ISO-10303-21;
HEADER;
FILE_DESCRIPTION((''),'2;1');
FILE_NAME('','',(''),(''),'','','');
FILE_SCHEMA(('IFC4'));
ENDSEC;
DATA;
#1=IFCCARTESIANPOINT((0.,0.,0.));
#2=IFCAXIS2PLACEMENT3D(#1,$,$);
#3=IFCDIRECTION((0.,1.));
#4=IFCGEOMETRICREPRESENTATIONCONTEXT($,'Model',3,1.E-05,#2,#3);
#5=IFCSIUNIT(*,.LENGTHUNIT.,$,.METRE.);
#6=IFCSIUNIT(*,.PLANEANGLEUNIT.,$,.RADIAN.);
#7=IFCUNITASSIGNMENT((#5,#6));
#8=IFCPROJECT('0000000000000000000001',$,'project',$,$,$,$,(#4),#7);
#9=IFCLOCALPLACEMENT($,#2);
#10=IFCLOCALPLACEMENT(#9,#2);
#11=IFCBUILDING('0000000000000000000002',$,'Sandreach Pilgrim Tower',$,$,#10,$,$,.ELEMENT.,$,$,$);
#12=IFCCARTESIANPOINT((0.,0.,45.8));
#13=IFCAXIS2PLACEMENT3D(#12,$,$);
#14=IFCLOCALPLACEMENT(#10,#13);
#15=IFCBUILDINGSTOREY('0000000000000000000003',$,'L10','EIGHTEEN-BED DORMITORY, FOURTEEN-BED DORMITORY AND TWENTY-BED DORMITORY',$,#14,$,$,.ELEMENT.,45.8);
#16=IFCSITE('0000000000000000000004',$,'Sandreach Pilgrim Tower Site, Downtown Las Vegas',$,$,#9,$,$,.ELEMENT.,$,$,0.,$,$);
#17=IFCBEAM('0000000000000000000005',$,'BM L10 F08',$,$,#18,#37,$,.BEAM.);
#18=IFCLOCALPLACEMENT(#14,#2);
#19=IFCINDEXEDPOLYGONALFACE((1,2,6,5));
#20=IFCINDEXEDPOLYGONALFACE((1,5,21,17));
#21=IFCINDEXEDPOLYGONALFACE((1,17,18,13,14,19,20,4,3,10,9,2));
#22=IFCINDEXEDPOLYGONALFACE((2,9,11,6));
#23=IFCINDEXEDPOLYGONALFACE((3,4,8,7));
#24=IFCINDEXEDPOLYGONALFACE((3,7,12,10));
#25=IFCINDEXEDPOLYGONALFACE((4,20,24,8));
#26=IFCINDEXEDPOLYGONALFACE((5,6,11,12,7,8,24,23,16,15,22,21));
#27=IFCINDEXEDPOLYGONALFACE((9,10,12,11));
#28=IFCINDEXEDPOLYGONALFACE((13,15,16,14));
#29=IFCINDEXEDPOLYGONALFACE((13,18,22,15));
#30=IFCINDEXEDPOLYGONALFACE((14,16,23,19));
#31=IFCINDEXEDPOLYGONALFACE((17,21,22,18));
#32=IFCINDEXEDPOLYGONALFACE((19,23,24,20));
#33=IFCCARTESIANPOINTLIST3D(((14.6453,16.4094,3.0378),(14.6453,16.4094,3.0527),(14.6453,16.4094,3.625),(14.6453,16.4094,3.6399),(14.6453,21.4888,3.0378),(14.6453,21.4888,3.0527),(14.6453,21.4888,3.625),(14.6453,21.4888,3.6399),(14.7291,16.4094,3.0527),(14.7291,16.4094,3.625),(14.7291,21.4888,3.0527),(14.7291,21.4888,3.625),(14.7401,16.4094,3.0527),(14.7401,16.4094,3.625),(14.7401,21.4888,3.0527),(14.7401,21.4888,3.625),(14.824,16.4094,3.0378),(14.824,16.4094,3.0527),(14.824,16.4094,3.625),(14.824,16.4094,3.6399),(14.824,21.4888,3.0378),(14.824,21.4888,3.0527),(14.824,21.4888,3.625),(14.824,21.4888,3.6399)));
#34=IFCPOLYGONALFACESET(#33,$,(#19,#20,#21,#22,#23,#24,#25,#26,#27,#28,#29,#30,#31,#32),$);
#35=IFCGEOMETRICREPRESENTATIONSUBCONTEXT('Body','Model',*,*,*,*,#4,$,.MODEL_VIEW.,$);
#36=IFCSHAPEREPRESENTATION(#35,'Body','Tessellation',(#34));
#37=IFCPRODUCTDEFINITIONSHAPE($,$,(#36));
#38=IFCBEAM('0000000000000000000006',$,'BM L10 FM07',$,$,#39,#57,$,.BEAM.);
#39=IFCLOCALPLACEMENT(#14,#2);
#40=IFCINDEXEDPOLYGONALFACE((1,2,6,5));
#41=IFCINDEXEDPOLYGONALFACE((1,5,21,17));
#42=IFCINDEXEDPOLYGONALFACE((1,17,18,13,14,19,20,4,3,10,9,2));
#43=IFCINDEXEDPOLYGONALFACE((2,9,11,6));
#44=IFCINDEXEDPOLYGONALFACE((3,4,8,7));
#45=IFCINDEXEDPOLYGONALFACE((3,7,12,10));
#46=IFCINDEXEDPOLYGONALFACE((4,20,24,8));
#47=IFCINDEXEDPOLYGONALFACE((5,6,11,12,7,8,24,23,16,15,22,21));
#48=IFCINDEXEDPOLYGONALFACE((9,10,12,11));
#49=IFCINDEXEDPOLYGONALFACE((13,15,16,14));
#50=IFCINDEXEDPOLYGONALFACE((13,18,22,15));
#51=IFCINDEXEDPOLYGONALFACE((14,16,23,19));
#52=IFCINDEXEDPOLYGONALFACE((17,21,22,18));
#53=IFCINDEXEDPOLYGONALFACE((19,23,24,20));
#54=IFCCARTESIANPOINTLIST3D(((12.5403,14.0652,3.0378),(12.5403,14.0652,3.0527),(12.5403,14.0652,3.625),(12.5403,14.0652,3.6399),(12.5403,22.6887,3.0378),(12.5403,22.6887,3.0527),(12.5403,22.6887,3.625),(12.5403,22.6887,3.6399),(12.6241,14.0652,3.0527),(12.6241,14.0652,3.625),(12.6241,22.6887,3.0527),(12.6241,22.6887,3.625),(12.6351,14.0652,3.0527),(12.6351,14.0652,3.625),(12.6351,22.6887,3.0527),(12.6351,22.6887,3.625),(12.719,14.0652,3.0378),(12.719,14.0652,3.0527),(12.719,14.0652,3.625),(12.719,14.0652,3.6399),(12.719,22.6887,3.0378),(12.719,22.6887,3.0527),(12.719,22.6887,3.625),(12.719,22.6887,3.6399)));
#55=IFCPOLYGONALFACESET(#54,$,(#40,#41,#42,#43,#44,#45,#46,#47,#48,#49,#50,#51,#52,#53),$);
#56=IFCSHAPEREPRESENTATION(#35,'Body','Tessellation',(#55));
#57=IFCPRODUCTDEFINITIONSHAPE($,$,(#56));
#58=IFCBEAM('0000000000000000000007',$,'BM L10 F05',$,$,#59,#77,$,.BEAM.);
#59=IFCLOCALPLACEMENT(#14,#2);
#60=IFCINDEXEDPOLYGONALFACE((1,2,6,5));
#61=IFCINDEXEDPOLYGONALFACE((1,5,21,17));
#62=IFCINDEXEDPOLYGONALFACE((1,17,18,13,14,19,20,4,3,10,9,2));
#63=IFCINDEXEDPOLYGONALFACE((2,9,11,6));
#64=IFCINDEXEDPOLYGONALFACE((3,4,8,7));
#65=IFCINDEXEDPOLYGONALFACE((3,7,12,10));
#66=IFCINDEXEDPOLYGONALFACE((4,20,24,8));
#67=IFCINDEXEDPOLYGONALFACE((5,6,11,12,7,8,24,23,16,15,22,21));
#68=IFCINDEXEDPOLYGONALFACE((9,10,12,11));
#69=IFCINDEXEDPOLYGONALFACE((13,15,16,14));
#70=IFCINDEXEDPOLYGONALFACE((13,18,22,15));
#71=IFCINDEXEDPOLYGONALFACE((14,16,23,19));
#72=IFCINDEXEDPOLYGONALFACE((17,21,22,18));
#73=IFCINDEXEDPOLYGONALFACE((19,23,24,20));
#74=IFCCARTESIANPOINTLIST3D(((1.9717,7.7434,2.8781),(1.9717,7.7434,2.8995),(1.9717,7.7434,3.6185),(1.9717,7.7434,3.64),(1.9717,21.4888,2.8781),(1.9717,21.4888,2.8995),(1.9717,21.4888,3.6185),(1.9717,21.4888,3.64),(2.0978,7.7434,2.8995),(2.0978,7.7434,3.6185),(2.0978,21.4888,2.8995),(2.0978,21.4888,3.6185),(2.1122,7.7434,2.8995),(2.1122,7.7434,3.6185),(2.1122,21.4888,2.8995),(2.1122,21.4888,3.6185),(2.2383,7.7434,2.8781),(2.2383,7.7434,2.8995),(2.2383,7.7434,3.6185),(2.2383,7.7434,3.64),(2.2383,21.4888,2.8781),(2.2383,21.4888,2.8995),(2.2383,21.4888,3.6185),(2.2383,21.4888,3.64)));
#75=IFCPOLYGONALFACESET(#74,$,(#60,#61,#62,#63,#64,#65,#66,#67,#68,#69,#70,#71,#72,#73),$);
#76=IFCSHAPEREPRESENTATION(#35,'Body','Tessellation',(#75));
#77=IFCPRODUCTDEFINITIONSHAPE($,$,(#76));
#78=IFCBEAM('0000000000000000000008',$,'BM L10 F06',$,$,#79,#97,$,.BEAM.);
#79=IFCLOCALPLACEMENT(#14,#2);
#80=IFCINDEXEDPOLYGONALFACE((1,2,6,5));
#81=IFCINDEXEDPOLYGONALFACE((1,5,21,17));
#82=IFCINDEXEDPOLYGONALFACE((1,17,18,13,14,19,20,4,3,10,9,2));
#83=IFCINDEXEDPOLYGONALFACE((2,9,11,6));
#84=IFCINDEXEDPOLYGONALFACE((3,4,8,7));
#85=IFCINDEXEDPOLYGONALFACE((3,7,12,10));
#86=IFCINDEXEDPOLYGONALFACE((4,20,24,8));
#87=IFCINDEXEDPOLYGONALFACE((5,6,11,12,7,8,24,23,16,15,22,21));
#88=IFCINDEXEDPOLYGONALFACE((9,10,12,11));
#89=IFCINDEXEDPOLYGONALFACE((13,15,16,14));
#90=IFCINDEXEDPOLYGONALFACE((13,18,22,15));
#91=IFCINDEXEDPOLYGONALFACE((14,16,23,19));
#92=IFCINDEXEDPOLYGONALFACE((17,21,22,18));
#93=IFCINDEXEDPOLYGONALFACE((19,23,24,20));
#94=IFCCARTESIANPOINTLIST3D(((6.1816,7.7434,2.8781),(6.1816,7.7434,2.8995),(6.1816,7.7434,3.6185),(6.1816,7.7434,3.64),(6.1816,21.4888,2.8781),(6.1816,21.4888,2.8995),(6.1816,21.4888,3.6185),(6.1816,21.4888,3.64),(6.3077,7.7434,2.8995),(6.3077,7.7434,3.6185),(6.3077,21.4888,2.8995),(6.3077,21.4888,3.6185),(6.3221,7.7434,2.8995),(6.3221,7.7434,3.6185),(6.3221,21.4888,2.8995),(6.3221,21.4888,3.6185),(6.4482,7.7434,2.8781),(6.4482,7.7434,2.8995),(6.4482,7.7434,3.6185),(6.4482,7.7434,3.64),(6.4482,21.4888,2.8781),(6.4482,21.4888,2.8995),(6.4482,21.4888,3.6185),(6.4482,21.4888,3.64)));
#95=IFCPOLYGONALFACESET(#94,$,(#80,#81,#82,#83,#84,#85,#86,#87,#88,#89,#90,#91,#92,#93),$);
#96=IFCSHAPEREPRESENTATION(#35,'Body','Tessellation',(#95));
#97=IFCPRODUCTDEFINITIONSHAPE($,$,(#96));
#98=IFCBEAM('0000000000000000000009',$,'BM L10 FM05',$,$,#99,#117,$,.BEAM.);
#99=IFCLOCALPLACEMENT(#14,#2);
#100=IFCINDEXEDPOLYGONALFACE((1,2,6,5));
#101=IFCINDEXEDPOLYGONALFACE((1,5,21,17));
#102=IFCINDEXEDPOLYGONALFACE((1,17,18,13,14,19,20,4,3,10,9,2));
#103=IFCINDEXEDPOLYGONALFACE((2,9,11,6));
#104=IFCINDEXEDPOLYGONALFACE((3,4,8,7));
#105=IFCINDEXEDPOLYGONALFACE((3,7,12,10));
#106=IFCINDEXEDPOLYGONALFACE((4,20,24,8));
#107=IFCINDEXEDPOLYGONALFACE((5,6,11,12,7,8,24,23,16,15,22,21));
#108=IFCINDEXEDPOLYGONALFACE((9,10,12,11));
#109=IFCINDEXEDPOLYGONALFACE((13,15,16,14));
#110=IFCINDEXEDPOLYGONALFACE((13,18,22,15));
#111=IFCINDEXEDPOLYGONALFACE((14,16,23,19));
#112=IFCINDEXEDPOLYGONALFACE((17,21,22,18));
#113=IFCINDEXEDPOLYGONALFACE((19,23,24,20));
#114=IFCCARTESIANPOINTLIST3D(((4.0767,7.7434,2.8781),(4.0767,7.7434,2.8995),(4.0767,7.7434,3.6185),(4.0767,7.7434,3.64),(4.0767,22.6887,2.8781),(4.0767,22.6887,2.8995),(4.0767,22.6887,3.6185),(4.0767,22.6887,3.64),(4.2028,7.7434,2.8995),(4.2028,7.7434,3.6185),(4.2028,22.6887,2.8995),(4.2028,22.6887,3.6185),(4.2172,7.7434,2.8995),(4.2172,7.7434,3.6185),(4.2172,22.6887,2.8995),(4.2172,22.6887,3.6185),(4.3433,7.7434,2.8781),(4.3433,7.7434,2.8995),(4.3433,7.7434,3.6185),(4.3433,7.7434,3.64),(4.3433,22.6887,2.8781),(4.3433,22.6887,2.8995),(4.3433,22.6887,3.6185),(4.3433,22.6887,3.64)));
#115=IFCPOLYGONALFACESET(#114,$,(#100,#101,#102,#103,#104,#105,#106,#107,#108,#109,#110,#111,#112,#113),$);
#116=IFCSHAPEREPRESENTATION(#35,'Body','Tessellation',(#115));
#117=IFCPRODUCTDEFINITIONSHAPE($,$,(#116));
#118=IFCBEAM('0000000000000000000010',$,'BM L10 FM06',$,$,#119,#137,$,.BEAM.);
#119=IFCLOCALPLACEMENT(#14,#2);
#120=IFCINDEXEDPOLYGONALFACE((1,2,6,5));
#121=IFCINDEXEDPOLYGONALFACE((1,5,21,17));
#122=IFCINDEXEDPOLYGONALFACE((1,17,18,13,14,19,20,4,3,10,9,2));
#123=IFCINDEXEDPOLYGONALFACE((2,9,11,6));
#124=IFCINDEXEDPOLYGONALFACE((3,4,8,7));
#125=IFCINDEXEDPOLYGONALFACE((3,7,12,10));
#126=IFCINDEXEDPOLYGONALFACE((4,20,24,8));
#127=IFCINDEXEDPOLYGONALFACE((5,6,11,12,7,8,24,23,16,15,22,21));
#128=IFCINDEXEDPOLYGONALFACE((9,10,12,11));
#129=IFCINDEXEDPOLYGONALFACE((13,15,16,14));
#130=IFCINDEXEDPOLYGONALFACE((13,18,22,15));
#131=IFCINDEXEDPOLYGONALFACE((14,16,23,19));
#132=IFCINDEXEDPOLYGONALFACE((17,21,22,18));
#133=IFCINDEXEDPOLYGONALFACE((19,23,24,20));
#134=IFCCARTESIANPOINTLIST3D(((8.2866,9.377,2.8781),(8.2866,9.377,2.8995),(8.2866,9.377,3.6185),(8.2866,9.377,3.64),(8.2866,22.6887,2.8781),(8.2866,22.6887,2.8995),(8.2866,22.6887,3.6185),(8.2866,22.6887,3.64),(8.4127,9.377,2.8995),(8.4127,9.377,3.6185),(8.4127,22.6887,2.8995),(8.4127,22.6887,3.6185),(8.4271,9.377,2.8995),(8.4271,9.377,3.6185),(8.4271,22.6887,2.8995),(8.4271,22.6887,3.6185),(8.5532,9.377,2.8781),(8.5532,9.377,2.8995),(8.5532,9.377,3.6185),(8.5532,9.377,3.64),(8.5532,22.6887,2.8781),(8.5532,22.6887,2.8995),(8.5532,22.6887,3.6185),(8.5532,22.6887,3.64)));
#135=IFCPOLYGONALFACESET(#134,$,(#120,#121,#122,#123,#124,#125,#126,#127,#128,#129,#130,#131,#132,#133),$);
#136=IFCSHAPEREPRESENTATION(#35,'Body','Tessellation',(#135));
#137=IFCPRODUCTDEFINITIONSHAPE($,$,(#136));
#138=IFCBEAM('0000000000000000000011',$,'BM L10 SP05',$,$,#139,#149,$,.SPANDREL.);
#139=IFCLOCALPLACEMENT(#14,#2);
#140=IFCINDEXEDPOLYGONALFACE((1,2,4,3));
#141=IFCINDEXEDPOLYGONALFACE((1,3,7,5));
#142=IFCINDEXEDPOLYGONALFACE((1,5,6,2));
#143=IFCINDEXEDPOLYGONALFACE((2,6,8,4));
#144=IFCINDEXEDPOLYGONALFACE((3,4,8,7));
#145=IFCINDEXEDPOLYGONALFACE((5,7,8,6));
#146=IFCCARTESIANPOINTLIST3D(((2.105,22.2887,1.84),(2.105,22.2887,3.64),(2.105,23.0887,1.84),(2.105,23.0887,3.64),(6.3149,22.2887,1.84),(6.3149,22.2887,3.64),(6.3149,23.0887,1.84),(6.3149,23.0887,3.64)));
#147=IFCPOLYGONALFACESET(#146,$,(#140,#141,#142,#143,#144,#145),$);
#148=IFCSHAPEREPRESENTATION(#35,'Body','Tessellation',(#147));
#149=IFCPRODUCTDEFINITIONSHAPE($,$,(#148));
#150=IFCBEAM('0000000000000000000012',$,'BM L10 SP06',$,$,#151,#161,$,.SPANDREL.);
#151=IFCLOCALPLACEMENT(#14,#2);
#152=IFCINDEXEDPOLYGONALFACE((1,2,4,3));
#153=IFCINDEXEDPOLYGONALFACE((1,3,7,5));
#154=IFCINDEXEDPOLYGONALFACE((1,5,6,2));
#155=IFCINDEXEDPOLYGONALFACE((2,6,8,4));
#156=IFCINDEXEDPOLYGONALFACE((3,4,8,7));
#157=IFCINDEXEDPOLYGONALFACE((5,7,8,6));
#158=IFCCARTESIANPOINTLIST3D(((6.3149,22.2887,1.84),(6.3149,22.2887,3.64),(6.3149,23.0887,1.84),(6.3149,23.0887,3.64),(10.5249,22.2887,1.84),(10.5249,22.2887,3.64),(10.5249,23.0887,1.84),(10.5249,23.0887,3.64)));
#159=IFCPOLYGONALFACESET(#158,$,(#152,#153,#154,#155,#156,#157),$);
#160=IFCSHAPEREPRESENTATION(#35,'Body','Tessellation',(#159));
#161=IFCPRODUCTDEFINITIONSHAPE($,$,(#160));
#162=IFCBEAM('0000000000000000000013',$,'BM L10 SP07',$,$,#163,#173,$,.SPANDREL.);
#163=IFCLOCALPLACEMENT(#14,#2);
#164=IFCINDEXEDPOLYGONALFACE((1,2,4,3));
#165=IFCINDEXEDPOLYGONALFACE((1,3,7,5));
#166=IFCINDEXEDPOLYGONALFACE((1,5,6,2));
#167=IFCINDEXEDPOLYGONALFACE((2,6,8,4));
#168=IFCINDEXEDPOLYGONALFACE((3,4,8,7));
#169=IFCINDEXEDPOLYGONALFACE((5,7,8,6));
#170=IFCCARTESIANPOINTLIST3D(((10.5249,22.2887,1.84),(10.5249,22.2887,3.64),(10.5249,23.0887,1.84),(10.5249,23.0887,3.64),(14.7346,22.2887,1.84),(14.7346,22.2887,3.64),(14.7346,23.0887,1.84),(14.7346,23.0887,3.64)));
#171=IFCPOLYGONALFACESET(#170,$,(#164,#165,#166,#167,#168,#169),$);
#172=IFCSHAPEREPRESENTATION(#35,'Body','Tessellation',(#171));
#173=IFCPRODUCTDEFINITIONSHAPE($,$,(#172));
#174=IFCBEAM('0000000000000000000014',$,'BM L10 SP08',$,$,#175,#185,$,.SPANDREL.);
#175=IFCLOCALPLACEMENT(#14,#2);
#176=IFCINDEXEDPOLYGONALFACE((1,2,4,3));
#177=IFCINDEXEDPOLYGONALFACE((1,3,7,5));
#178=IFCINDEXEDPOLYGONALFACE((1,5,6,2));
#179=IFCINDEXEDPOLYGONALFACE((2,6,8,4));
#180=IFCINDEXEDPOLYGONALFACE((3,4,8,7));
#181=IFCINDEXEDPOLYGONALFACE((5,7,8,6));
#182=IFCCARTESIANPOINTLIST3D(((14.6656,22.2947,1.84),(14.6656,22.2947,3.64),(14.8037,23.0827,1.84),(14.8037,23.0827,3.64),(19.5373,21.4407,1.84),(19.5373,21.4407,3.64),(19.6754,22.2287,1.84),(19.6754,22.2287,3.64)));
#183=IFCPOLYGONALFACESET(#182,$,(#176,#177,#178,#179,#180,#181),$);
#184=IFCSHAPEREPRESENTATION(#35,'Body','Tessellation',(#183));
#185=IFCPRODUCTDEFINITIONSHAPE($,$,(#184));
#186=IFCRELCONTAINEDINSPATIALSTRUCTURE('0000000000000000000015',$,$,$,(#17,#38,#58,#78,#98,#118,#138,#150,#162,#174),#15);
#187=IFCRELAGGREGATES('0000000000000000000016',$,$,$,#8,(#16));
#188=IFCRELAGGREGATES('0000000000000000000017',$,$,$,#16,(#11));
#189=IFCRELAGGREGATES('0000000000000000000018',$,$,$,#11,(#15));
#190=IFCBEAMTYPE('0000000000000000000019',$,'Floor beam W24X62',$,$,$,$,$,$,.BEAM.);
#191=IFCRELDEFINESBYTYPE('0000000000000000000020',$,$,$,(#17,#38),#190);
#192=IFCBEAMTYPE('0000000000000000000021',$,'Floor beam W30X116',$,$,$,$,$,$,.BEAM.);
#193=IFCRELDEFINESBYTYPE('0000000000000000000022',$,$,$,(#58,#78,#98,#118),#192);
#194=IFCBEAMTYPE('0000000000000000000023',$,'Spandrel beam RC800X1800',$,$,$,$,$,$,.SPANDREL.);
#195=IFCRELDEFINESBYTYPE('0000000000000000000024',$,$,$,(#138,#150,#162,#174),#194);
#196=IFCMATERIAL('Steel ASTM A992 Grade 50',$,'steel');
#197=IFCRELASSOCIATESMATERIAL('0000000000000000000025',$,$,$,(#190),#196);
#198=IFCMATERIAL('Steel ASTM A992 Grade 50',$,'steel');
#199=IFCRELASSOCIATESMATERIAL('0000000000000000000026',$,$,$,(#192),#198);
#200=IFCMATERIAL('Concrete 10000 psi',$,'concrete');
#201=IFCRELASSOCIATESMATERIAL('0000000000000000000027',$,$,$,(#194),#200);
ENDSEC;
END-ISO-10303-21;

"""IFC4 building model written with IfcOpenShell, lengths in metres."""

from ifc_helpers import new_model, si_unit, direction, frame, origin, origin_2d, place, context, subcontext, project, spatial, rectangle, i_section, extrude, material, material_profile, profile_set, type_object, element, save


model = new_model("IFC4")

# Units and contexts
model_context = context("Model", 3, precision=1e-05, world=origin(), true_north=direction((0.0, 1.0)))
body_context = subcontext(model_context, "Body", "Model", "MODEL_VIEW")
ifc_project = project(units=[si_unit("LENGTHUNIT", "METRE"), si_unit("PLANEANGLEUNIT", "RADIAN")], contexts=[model_context])

# Site, building, storey
site_placement = place(None, origin())
site = spatial("IfcSite", under=ifc_project, at=site_placement, Name="Sandreach Pilgrim Tower Site, Downtown Las Vegas", CompositionType="ELEMENT", RefElevation=0.0)
building_placement = place(site_placement, origin())
building = spatial("IfcBuilding", under=site, at=building_placement, Name="Sandreach Pilgrim Tower", CompositionType="ELEMENT")
storey_placement = place(building_placement, frame((0.0, 0.0, 45.8)))
storey = spatial("IfcBuildingStorey", under=building, at=storey_placement, Name="L10", Description="EIGHTEEN-BED DORMITORY, FOURTEEN-BED DORMITORY AND TWENTY-BED DORMITORY", CompositionType="ELEMENT", Elevation=45.8)

# Beams
ifc_material_1 = material(Name="Steel ASTM A992 Grade 50", Category="steel")
ifc_material_profile_1 = material_profile(ifc_material_1, i_section(OverallWidth=0.1787, OverallDepth=0.6021, WebThickness=0.011, FlangeThickness=0.0149, at=origin_2d()), Name="W24X62")
ifc_profile_set_1 = profile_set([ifc_material_profile_1], Name="Steel ASTM A992 Grade 50")
beam_type_1 = type_object("IfcBeamType", Name="Floor beam W24X62", PredefinedType="BEAM", material=ifc_profile_set_1)
beam_1_placement = place(storey_placement, frame((14.7346, 21.4888, 3.3389), z_axis=(0.0, -1.0, 0.0), x_axis=(1.0, 0.0, 0.0)))
element("IfcBeam", 1, at=beam_1_placement, inside=storey, type_object=beam_type_1, Name="BM L10 F08", PredefinedType="BEAM", context=body_context, shape_type="SweptSolid", body=[
    extrude(i_section(OverallWidth=0.1787, OverallDepth=0.6021, WebThickness=0.011, FlangeThickness=0.0149, at=origin_2d()), origin(), (0.0, 0.0, 1.0), 5.0793),
])
beam_2_placement = place(storey_placement, frame((12.6296, 22.6887, 3.3389), z_axis=(0.0, -1.0, 0.0), x_axis=(1.0, 0.0, 0.0)))
element("IfcBeam", 2, at=beam_2_placement, inside=storey, type_object=beam_type_1, Name="BM L10 FM07", PredefinedType="BEAM", context=body_context, shape_type="SweptSolid", body=[
    extrude(i_section(OverallWidth=0.1787, OverallDepth=0.6021, WebThickness=0.011, FlangeThickness=0.0149, at=origin_2d()), origin(), (0.0, 0.0, 1.0), 8.6235),
])
ifc_material_2 = material(Name="Steel ASTM A992 Grade 50", Category="steel")
ifc_material_profile_2 = material_profile(ifc_material_2, i_section(OverallWidth=0.2666, OverallDepth=0.762, WebThickness=0.0144, FlangeThickness=0.0215, at=origin_2d()), Name="W30X116")
ifc_profile_set_2 = profile_set([ifc_material_profile_2], Name="Steel ASTM A992 Grade 50")
beam_type_2 = type_object("IfcBeamType", Name="Floor beam W30X116", PredefinedType="BEAM", material=ifc_profile_set_2)
for number, where, z_axis, x_axis, name in (
    (3, (2.105, 21.4888, 3.259), (0.0, -1.0, 0.0), (1.0, 0.0, 0.0), "BM L10 F05"),
    (4, (6.3149, 21.4888, 3.259), (0.0, -1.0, 0.0), (1.0, 0.0, 0.0), "BM L10 F06"),
):
    element("IfcBeam", number, at=place(storey_placement, frame(where, z_axis=z_axis, x_axis=x_axis)), inside=storey, type_object=beam_type_2, Name=name, PredefinedType="BEAM", context=body_context, shape_type="SweptSolid", body=[
        extrude(i_section(OverallWidth=0.2666, OverallDepth=0.762, WebThickness=0.0144, FlangeThickness=0.0215, at=origin_2d()), origin(), (0.0, 0.0, 1.0), 13.7454),
    ])
beam_3_placement = place(storey_placement, frame((4.21, 22.6887, 3.259), z_axis=(0.0, -1.0, 0.0), x_axis=(1.0, 0.0, 0.0)))
element("IfcBeam", 5, at=beam_3_placement, inside=storey, type_object=beam_type_2, Name="BM L10 FM05", PredefinedType="BEAM", context=body_context, shape_type="SweptSolid", body=[
    extrude(i_section(OverallWidth=0.2666, OverallDepth=0.762, WebThickness=0.0144, FlangeThickness=0.0215, at=origin_2d()), origin(), (0.0, 0.0, 1.0), 14.9453),
])
beam_4_placement = place(storey_placement, frame((8.4199, 22.6887, 3.259), z_axis=(0.0, -1.0, 0.0), x_axis=(1.0, 0.0, 0.0)))
element("IfcBeam", 6, at=beam_4_placement, inside=storey, type_object=beam_type_2, Name="BM L10 FM06", PredefinedType="BEAM", context=body_context, shape_type="SweptSolid", body=[
    extrude(i_section(OverallWidth=0.2666, OverallDepth=0.762, WebThickness=0.0144, FlangeThickness=0.0215, at=origin_2d()), origin(), (0.0, 0.0, 1.0), 13.3118),
])
ifc_material_3 = material(Name="Concrete 10000 psi", Category="concrete")
ifc_material_profile_3 = material_profile(ifc_material_3, rectangle(XDim=0.8, YDim=1.8, at=origin_2d()), Name="RC800X1800")
ifc_profile_set_3 = profile_set([ifc_material_profile_3], Name="Concrete 10000 psi")
beam_type_3 = type_object("IfcBeamType", Name="Spandrel beam RC800X1800", PredefinedType="SPANDREL", material=ifc_profile_set_3)
for number, where, z_axis, x_axis, name in (
    (7, (2.105, 22.6887, 2.74), (1.0, 0.0, 0.0), (0.0, 1.0, 0.0), "BM L10 SP05"),
    (8, (6.3149, 22.6887, 2.74), (1.0, 0.0, 0.0), (0.0, 1.0, 0.0), "BM L10 SP06"),
):
    element("IfcBeam", number, at=place(storey_placement, frame(where, z_axis=z_axis, x_axis=x_axis)), inside=storey, type_object=beam_type_3, Name=name, PredefinedType="SPANDREL", context=body_context, shape_type="SweptSolid", body=[
        extrude(rectangle(XDim=0.8, YDim=1.8, at=origin_2d()), origin(), (0.0, 0.0, 1.0), 4.21),
    ])
beam_5_placement = place(storey_placement, frame((10.5249, 22.6887, 2.74), z_axis=(1.0, 0.0, 0.0), x_axis=(0.0, 1.0, 0.0)))
element("IfcBeam", 9, at=beam_5_placement, inside=storey, type_object=beam_type_3, Name="BM L10 SP07", PredefinedType="SPANDREL", context=body_context, shape_type="SweptSolid", body=[
    extrude(rectangle(XDim=0.8, YDim=1.8, at=origin_2d()), origin(), (0.0, 0.0, 1.0), 4.2097),
])
beam_6_placement = place(storey_placement, frame((14.7346, 22.6887, 2.74), z_axis=(0.984981, -0.172662, 0.0), x_axis=(0.172662, 0.984981, 0.0)))
element("IfcBeam", 10, at=beam_6_placement, inside=storey, type_object=beam_type_3, Name="BM L10 SP08", PredefinedType="SPANDREL", context=body_context, shape_type="SweptSolid", body=[
    extrude(rectangle(XDim=0.8, YDim=1.8, at=origin_2d()), origin(), (0.0, 0.0, 1.0), 4.946),
])

save(model, "model.ifc")
